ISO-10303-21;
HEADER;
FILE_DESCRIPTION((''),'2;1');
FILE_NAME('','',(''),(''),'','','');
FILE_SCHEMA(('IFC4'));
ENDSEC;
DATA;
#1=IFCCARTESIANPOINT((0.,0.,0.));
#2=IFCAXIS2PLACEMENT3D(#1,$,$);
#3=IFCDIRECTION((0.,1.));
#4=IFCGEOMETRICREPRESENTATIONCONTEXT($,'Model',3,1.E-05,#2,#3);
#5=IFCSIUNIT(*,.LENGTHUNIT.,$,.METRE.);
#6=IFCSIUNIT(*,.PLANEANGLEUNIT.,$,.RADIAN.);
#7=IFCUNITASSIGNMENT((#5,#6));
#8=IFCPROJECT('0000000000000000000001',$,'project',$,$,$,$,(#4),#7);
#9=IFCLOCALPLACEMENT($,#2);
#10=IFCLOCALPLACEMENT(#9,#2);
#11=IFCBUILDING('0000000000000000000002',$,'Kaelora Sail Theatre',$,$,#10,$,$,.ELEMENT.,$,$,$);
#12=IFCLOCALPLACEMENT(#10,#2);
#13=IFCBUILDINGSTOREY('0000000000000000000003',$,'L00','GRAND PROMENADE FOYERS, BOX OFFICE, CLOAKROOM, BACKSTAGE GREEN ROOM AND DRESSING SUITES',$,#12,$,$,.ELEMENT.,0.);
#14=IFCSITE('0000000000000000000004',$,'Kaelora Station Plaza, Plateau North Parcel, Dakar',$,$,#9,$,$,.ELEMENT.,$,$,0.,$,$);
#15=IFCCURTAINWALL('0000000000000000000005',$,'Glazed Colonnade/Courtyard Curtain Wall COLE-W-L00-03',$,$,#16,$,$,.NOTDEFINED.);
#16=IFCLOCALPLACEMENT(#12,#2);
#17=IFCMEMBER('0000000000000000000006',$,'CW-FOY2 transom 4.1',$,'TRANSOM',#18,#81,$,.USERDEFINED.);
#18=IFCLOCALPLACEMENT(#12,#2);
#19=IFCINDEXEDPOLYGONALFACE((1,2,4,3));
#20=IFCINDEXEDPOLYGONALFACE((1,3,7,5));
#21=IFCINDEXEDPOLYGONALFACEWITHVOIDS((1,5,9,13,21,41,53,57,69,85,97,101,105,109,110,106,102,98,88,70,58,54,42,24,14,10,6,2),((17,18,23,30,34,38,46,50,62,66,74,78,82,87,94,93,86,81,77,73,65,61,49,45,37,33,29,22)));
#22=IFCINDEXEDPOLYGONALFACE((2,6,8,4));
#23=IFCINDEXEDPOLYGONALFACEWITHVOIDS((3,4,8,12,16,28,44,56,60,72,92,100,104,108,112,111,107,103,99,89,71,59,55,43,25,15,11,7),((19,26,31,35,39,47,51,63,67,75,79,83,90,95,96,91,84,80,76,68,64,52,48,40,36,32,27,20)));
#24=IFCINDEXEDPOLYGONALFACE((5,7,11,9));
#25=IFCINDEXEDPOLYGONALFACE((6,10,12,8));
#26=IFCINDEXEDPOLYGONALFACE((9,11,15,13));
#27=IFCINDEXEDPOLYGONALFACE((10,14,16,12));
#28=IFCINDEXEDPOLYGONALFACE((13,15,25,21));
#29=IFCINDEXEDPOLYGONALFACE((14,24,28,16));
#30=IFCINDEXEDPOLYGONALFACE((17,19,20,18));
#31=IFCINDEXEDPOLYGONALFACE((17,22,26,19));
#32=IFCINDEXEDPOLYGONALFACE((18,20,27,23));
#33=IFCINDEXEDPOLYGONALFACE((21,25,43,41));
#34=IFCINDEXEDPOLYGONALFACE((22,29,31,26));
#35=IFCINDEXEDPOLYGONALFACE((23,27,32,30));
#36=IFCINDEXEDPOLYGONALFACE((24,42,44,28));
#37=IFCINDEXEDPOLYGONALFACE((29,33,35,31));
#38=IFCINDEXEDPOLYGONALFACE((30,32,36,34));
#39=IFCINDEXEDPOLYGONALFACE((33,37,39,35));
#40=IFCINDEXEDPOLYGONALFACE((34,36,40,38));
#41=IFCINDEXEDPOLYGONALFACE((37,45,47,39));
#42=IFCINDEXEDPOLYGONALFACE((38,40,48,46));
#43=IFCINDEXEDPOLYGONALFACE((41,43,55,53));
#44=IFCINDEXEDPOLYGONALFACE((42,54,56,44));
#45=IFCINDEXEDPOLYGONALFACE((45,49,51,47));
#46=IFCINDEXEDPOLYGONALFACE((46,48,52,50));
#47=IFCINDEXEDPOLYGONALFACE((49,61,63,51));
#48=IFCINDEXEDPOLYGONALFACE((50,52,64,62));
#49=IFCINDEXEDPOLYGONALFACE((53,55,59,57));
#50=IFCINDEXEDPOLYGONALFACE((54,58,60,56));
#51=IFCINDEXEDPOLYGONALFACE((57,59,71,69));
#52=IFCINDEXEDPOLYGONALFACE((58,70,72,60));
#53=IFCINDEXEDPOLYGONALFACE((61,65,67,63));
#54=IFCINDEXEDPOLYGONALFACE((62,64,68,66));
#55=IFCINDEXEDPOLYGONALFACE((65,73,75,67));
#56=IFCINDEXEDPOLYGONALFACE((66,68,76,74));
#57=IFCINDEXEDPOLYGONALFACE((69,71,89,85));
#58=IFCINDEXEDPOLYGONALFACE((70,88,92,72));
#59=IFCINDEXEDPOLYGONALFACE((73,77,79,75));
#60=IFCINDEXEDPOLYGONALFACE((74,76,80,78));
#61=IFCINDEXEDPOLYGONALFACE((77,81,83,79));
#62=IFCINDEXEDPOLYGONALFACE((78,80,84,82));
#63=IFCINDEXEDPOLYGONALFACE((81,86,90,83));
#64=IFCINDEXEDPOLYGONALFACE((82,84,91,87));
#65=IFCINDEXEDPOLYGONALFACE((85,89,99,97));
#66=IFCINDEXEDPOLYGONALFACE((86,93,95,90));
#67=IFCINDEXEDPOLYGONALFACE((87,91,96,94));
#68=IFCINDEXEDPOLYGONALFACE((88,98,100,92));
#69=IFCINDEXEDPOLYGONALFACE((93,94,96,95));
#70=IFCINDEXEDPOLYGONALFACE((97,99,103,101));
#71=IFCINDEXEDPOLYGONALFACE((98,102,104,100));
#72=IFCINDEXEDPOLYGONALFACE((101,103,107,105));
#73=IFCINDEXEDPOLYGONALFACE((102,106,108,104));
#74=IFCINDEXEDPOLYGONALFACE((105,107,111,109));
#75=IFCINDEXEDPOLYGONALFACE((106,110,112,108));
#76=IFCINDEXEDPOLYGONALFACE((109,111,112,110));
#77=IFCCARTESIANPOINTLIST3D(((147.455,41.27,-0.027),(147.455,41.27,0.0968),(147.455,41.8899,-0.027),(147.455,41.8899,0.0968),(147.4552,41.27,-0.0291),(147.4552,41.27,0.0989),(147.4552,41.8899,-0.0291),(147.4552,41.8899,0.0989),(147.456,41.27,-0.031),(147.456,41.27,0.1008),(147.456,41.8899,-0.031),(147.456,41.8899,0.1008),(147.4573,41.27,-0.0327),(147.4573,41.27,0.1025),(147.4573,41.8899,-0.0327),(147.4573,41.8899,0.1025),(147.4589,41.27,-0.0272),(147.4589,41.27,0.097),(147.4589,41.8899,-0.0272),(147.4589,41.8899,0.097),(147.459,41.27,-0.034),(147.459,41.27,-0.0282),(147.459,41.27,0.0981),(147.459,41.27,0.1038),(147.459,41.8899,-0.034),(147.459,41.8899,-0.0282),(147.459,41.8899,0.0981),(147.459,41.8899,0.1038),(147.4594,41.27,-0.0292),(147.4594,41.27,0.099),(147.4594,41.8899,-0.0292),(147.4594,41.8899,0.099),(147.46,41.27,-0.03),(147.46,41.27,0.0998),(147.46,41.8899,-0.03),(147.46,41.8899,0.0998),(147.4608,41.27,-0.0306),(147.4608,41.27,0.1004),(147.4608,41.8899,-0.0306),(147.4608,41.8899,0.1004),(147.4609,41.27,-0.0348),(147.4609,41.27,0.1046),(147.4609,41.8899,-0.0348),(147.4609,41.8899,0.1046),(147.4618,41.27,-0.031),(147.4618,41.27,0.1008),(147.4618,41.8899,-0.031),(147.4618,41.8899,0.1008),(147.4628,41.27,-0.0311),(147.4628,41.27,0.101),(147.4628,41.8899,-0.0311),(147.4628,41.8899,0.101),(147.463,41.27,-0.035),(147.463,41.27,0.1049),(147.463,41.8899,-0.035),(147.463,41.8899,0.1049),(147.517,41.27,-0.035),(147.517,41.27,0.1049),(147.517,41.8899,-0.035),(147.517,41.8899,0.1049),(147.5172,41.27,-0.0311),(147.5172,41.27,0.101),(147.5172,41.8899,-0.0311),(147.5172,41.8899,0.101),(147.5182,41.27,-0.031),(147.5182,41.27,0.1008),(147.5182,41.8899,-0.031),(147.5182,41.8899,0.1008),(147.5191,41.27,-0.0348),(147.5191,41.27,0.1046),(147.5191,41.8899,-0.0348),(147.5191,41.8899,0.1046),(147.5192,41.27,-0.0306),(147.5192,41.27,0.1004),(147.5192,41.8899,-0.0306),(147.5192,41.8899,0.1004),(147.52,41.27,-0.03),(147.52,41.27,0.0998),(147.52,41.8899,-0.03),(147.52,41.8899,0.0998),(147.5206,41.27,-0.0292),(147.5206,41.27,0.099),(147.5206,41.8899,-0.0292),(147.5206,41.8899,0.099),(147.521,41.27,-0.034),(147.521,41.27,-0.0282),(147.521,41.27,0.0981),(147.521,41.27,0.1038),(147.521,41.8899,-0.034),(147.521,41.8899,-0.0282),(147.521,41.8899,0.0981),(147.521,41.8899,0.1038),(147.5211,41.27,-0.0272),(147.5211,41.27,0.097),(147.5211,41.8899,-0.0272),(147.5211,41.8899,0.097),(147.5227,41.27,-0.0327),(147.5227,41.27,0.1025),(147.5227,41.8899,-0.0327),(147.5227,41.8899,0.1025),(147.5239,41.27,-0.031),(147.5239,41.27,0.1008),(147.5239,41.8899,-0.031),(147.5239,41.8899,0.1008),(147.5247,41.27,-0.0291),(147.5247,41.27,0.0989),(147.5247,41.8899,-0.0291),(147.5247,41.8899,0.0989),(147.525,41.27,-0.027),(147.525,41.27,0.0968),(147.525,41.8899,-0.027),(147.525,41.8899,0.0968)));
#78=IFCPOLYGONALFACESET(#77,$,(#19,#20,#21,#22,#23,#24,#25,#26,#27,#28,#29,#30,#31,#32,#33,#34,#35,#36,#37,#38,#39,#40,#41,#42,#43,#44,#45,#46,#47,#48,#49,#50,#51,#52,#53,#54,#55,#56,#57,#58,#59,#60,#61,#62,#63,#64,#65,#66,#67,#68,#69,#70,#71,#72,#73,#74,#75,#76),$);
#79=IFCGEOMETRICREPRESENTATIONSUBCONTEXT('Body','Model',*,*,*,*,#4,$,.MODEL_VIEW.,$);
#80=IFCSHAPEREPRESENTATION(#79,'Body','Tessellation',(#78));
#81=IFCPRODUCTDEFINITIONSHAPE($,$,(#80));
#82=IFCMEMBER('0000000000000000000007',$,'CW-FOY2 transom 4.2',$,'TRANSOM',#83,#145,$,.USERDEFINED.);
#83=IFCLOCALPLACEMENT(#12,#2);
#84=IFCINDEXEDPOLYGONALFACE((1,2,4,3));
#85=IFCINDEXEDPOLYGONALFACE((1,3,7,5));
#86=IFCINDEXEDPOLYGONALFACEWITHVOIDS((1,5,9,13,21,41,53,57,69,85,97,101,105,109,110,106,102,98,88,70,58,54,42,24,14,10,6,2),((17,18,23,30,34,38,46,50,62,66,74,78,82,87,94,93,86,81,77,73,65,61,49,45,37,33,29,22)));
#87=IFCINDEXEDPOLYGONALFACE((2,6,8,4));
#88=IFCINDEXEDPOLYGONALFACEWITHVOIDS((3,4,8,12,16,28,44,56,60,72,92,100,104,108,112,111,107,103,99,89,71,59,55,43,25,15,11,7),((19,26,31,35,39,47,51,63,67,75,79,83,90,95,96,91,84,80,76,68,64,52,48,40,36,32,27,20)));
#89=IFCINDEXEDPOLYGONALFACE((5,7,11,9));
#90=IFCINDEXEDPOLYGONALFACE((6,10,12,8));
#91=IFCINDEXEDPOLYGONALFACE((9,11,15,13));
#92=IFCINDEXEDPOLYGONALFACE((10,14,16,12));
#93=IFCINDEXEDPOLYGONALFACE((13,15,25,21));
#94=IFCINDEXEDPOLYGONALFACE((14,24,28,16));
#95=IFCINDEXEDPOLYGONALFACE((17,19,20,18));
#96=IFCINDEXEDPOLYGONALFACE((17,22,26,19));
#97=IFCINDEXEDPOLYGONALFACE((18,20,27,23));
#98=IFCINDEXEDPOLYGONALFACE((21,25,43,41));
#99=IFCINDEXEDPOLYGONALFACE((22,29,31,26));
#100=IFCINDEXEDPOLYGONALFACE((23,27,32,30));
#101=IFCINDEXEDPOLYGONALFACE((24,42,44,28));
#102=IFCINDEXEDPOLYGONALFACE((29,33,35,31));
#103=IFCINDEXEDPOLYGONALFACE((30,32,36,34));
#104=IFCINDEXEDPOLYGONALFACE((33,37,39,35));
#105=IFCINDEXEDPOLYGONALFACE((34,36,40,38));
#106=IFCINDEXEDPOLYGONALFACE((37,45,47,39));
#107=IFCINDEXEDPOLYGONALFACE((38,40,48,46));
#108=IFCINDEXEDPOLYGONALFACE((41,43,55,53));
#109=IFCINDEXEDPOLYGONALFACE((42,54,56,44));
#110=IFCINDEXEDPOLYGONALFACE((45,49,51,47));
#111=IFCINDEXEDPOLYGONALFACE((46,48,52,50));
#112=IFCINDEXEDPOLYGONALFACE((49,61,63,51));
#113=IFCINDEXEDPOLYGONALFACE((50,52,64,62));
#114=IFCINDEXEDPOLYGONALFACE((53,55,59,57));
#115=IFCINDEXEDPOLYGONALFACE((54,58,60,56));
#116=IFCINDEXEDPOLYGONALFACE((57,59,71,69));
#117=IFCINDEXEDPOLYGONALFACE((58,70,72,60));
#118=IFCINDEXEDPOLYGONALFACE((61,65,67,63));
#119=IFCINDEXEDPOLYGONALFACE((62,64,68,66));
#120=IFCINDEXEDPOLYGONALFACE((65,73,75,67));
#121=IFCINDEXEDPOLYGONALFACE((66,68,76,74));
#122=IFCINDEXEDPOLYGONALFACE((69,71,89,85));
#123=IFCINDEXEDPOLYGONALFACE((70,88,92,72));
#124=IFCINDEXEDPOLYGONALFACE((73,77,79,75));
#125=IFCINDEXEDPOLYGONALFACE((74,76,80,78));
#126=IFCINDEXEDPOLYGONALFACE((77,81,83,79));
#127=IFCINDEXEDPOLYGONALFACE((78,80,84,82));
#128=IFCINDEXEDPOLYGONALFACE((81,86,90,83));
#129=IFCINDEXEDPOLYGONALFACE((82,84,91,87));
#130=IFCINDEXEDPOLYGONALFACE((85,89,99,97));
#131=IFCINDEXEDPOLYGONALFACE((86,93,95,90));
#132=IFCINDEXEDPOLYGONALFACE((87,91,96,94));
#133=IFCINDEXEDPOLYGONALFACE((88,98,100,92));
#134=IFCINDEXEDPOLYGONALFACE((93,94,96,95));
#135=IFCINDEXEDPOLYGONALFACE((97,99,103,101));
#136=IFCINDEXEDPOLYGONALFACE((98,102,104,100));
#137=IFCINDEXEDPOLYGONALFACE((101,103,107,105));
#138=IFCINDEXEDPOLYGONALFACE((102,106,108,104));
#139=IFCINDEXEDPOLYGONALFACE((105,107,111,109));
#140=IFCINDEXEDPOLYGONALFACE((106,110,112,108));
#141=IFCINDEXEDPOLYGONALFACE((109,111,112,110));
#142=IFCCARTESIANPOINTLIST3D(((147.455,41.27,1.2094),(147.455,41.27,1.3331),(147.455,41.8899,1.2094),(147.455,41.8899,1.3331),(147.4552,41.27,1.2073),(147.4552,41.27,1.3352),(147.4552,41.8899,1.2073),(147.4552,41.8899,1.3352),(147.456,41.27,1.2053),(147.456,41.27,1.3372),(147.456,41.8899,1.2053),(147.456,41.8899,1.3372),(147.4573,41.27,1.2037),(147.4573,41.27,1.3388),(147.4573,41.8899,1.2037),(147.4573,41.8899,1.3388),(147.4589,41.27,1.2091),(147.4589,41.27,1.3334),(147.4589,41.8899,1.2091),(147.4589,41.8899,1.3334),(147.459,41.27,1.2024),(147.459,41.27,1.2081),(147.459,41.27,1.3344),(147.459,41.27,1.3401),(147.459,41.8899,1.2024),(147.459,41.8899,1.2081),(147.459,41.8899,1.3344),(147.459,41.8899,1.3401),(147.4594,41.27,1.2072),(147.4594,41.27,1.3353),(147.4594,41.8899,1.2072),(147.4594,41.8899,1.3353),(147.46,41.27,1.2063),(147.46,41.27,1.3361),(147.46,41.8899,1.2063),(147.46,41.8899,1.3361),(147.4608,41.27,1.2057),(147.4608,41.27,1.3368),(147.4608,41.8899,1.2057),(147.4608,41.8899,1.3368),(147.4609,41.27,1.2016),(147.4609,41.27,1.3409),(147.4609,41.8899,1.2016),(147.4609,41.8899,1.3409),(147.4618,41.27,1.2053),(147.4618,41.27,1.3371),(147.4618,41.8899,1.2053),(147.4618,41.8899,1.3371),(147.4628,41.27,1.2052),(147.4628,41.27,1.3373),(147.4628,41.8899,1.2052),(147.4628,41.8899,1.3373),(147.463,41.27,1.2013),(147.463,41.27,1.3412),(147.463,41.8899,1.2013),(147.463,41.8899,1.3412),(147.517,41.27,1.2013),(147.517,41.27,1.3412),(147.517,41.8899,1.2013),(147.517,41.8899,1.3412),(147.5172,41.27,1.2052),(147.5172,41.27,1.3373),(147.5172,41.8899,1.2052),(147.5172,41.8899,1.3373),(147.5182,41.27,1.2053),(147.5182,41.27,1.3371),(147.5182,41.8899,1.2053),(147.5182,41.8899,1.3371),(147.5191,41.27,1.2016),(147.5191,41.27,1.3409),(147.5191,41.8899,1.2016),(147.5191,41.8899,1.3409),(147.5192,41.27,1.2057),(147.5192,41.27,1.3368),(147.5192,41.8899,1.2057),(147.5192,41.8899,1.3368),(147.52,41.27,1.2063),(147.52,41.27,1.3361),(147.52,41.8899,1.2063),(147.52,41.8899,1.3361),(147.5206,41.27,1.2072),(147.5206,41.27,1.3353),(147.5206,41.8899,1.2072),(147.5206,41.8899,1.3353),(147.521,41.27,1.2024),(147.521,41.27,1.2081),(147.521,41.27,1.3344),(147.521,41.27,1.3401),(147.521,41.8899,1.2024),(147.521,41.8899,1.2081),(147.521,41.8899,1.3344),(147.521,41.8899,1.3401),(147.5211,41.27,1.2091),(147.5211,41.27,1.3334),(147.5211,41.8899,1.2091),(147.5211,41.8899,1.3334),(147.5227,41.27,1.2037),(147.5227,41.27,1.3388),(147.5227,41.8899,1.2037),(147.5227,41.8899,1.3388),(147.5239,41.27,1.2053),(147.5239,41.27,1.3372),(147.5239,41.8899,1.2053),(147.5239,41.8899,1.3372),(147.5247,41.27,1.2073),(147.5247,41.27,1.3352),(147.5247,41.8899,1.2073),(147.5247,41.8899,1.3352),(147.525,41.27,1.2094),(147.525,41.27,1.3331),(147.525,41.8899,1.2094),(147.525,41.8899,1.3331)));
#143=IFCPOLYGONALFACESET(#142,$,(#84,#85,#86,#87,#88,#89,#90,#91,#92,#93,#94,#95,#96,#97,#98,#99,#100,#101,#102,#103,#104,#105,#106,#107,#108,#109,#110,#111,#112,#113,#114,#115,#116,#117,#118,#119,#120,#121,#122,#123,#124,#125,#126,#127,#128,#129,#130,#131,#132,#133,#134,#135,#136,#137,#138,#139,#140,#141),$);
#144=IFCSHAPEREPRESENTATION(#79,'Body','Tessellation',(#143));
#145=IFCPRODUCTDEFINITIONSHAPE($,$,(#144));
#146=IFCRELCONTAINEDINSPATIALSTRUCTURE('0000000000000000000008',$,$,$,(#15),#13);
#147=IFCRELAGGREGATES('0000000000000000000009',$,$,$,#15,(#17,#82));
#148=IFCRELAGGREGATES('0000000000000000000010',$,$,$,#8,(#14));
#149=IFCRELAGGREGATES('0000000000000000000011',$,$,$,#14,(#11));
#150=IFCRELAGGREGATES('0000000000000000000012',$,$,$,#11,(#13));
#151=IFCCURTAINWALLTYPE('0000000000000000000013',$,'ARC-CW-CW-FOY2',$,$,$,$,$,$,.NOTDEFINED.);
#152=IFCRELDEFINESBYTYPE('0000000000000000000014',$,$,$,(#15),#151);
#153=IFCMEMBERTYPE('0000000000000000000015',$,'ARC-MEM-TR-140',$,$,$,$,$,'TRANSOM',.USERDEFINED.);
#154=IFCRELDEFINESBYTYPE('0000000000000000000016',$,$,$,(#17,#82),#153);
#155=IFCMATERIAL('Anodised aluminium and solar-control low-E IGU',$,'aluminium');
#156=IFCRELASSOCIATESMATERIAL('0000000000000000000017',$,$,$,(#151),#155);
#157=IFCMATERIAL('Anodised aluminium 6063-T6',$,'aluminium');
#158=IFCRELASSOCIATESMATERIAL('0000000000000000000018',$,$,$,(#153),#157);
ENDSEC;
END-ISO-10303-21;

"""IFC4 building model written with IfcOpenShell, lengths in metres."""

from ifc_helpers import new_model, si_unit, direction, frame, origin, origin_2d, place, context, subcontext, project, spatial, hollow_rectangle, extrude, material, material_profile, profile_set, type_object, element, aggregate, save


model = new_model("IFC4")

# Units and contexts
model_context = context("Model", 3, precision=1e-05, world=origin(), true_north=direction((0.0, 1.0)))
body_context = subcontext(model_context, "Body", "Model", "MODEL_VIEW")
ifc_project = project(units=[si_unit("LENGTHUNIT", "METRE"), si_unit("PLANEANGLEUNIT", "RADIAN")], contexts=[model_context])

# Site, building, storey
site_placement = place(None, origin())
site = spatial("IfcSite", under=ifc_project, at=site_placement, Name="Kaelora Station Plaza, Plateau North Parcel, Dakar", CompositionType="ELEMENT", RefElevation=0.0)
building_placement = place(site_placement, origin())
building = spatial("IfcBuilding", under=site, at=building_placement, Name="Kaelora Sail Theatre", CompositionType="ELEMENT")
storey_placement = place(building_placement, origin())
storey = spatial("IfcBuildingStorey", under=building, at=storey_placement, Name="L00", Description="GRAND PROMENADE FOYERS, BOX OFFICE, CLOAKROOM, BACKSTAGE GREEN ROOM AND DRESSING SUITES", CompositionType="ELEMENT", Elevation=0.0)

# Curtain wall
ifc_material_1 = material(Name="Anodised aluminium and solar-control low-E IGU", Category="aluminium")
curtain_wall_type = type_object("IfcCurtainWallType", Name="ARC-CW-CW-FOY2", PredefinedType="NOTDEFINED", material=ifc_material_1)
curtain_wall_placement = place(storey_placement, origin())
curtain_wall = element("IfcCurtainWall", 1, at=curtain_wall_placement, inside=storey, type_object=curtain_wall_type, Name="Glazed Colonnade/Courtyard Curtain Wall COLE-W-L00-03", PredefinedType="NOTDEFINED")

# Members
ifc_material_2 = material(Name="Anodised aluminium 6063-T6", Category="aluminium")
ifc_material_profile_1 = material_profile(ifc_material_2, hollow_rectangle(XDim=0.0701, YDim=0.1399, WallThickness=0.0039, InnerFilletRadius=0.0039, OuterFilletRadius=0.0081, at=origin_2d()), Name="ALU-TRAN 70x140x4")
ifc_profile_set_1 = profile_set([ifc_material_profile_1], Name="Anodised aluminium 6063-T6")
member_type_1 = type_object("IfcMemberType", Name="ARC-MEM-TR-140", ElementType="TRANSOM", PredefinedType="USERDEFINED", material=ifc_profile_set_1)
member_1_placement = place(storey_placement, frame((147.49, 41.27, 0.0349), z_axis=(0.0, 1.0, 0.0), x_axis=(-1.0, 0.0, 0.0)))
member_1 = element("IfcMember", 2, at=member_1_placement, type_object=member_type_1, Name="CW-FOY2 transom 4.1", ObjectType="TRANSOM", PredefinedType="USERDEFINED", context=body_context, shape_type="SweptSolid", body=[
    extrude(hollow_rectangle(XDim=0.0701, YDim=0.1399, WallThickness=0.0039, InnerFilletRadius=0.0039, OuterFilletRadius=0.0081, at=origin_2d()), origin(), (0.0, 0.0, 1.0), 0.6199),
])
member_2_placement = place(storey_placement, frame((147.49, 41.27, 1.2712), z_axis=(0.0, 1.0, 0.0), x_axis=(-1.0, 0.0, 0.0)))
member_2 = element("IfcMember", 3, at=member_2_placement, type_object=member_type_1, Name="CW-FOY2 transom 4.2", ObjectType="TRANSOM", PredefinedType="USERDEFINED", context=body_context, shape_type="SweptSolid", body=[
    extrude(hollow_rectangle(XDim=0.0701, YDim=0.1399, WallThickness=0.0039, InnerFilletRadius=0.0039, OuterFilletRadius=0.0081, at=origin_2d()), origin(), (0.0, 0.0, 1.0), 0.6199),
])

aggregate(curtain_wall, [member_1, member_2])

save(model, "model.ifc")
